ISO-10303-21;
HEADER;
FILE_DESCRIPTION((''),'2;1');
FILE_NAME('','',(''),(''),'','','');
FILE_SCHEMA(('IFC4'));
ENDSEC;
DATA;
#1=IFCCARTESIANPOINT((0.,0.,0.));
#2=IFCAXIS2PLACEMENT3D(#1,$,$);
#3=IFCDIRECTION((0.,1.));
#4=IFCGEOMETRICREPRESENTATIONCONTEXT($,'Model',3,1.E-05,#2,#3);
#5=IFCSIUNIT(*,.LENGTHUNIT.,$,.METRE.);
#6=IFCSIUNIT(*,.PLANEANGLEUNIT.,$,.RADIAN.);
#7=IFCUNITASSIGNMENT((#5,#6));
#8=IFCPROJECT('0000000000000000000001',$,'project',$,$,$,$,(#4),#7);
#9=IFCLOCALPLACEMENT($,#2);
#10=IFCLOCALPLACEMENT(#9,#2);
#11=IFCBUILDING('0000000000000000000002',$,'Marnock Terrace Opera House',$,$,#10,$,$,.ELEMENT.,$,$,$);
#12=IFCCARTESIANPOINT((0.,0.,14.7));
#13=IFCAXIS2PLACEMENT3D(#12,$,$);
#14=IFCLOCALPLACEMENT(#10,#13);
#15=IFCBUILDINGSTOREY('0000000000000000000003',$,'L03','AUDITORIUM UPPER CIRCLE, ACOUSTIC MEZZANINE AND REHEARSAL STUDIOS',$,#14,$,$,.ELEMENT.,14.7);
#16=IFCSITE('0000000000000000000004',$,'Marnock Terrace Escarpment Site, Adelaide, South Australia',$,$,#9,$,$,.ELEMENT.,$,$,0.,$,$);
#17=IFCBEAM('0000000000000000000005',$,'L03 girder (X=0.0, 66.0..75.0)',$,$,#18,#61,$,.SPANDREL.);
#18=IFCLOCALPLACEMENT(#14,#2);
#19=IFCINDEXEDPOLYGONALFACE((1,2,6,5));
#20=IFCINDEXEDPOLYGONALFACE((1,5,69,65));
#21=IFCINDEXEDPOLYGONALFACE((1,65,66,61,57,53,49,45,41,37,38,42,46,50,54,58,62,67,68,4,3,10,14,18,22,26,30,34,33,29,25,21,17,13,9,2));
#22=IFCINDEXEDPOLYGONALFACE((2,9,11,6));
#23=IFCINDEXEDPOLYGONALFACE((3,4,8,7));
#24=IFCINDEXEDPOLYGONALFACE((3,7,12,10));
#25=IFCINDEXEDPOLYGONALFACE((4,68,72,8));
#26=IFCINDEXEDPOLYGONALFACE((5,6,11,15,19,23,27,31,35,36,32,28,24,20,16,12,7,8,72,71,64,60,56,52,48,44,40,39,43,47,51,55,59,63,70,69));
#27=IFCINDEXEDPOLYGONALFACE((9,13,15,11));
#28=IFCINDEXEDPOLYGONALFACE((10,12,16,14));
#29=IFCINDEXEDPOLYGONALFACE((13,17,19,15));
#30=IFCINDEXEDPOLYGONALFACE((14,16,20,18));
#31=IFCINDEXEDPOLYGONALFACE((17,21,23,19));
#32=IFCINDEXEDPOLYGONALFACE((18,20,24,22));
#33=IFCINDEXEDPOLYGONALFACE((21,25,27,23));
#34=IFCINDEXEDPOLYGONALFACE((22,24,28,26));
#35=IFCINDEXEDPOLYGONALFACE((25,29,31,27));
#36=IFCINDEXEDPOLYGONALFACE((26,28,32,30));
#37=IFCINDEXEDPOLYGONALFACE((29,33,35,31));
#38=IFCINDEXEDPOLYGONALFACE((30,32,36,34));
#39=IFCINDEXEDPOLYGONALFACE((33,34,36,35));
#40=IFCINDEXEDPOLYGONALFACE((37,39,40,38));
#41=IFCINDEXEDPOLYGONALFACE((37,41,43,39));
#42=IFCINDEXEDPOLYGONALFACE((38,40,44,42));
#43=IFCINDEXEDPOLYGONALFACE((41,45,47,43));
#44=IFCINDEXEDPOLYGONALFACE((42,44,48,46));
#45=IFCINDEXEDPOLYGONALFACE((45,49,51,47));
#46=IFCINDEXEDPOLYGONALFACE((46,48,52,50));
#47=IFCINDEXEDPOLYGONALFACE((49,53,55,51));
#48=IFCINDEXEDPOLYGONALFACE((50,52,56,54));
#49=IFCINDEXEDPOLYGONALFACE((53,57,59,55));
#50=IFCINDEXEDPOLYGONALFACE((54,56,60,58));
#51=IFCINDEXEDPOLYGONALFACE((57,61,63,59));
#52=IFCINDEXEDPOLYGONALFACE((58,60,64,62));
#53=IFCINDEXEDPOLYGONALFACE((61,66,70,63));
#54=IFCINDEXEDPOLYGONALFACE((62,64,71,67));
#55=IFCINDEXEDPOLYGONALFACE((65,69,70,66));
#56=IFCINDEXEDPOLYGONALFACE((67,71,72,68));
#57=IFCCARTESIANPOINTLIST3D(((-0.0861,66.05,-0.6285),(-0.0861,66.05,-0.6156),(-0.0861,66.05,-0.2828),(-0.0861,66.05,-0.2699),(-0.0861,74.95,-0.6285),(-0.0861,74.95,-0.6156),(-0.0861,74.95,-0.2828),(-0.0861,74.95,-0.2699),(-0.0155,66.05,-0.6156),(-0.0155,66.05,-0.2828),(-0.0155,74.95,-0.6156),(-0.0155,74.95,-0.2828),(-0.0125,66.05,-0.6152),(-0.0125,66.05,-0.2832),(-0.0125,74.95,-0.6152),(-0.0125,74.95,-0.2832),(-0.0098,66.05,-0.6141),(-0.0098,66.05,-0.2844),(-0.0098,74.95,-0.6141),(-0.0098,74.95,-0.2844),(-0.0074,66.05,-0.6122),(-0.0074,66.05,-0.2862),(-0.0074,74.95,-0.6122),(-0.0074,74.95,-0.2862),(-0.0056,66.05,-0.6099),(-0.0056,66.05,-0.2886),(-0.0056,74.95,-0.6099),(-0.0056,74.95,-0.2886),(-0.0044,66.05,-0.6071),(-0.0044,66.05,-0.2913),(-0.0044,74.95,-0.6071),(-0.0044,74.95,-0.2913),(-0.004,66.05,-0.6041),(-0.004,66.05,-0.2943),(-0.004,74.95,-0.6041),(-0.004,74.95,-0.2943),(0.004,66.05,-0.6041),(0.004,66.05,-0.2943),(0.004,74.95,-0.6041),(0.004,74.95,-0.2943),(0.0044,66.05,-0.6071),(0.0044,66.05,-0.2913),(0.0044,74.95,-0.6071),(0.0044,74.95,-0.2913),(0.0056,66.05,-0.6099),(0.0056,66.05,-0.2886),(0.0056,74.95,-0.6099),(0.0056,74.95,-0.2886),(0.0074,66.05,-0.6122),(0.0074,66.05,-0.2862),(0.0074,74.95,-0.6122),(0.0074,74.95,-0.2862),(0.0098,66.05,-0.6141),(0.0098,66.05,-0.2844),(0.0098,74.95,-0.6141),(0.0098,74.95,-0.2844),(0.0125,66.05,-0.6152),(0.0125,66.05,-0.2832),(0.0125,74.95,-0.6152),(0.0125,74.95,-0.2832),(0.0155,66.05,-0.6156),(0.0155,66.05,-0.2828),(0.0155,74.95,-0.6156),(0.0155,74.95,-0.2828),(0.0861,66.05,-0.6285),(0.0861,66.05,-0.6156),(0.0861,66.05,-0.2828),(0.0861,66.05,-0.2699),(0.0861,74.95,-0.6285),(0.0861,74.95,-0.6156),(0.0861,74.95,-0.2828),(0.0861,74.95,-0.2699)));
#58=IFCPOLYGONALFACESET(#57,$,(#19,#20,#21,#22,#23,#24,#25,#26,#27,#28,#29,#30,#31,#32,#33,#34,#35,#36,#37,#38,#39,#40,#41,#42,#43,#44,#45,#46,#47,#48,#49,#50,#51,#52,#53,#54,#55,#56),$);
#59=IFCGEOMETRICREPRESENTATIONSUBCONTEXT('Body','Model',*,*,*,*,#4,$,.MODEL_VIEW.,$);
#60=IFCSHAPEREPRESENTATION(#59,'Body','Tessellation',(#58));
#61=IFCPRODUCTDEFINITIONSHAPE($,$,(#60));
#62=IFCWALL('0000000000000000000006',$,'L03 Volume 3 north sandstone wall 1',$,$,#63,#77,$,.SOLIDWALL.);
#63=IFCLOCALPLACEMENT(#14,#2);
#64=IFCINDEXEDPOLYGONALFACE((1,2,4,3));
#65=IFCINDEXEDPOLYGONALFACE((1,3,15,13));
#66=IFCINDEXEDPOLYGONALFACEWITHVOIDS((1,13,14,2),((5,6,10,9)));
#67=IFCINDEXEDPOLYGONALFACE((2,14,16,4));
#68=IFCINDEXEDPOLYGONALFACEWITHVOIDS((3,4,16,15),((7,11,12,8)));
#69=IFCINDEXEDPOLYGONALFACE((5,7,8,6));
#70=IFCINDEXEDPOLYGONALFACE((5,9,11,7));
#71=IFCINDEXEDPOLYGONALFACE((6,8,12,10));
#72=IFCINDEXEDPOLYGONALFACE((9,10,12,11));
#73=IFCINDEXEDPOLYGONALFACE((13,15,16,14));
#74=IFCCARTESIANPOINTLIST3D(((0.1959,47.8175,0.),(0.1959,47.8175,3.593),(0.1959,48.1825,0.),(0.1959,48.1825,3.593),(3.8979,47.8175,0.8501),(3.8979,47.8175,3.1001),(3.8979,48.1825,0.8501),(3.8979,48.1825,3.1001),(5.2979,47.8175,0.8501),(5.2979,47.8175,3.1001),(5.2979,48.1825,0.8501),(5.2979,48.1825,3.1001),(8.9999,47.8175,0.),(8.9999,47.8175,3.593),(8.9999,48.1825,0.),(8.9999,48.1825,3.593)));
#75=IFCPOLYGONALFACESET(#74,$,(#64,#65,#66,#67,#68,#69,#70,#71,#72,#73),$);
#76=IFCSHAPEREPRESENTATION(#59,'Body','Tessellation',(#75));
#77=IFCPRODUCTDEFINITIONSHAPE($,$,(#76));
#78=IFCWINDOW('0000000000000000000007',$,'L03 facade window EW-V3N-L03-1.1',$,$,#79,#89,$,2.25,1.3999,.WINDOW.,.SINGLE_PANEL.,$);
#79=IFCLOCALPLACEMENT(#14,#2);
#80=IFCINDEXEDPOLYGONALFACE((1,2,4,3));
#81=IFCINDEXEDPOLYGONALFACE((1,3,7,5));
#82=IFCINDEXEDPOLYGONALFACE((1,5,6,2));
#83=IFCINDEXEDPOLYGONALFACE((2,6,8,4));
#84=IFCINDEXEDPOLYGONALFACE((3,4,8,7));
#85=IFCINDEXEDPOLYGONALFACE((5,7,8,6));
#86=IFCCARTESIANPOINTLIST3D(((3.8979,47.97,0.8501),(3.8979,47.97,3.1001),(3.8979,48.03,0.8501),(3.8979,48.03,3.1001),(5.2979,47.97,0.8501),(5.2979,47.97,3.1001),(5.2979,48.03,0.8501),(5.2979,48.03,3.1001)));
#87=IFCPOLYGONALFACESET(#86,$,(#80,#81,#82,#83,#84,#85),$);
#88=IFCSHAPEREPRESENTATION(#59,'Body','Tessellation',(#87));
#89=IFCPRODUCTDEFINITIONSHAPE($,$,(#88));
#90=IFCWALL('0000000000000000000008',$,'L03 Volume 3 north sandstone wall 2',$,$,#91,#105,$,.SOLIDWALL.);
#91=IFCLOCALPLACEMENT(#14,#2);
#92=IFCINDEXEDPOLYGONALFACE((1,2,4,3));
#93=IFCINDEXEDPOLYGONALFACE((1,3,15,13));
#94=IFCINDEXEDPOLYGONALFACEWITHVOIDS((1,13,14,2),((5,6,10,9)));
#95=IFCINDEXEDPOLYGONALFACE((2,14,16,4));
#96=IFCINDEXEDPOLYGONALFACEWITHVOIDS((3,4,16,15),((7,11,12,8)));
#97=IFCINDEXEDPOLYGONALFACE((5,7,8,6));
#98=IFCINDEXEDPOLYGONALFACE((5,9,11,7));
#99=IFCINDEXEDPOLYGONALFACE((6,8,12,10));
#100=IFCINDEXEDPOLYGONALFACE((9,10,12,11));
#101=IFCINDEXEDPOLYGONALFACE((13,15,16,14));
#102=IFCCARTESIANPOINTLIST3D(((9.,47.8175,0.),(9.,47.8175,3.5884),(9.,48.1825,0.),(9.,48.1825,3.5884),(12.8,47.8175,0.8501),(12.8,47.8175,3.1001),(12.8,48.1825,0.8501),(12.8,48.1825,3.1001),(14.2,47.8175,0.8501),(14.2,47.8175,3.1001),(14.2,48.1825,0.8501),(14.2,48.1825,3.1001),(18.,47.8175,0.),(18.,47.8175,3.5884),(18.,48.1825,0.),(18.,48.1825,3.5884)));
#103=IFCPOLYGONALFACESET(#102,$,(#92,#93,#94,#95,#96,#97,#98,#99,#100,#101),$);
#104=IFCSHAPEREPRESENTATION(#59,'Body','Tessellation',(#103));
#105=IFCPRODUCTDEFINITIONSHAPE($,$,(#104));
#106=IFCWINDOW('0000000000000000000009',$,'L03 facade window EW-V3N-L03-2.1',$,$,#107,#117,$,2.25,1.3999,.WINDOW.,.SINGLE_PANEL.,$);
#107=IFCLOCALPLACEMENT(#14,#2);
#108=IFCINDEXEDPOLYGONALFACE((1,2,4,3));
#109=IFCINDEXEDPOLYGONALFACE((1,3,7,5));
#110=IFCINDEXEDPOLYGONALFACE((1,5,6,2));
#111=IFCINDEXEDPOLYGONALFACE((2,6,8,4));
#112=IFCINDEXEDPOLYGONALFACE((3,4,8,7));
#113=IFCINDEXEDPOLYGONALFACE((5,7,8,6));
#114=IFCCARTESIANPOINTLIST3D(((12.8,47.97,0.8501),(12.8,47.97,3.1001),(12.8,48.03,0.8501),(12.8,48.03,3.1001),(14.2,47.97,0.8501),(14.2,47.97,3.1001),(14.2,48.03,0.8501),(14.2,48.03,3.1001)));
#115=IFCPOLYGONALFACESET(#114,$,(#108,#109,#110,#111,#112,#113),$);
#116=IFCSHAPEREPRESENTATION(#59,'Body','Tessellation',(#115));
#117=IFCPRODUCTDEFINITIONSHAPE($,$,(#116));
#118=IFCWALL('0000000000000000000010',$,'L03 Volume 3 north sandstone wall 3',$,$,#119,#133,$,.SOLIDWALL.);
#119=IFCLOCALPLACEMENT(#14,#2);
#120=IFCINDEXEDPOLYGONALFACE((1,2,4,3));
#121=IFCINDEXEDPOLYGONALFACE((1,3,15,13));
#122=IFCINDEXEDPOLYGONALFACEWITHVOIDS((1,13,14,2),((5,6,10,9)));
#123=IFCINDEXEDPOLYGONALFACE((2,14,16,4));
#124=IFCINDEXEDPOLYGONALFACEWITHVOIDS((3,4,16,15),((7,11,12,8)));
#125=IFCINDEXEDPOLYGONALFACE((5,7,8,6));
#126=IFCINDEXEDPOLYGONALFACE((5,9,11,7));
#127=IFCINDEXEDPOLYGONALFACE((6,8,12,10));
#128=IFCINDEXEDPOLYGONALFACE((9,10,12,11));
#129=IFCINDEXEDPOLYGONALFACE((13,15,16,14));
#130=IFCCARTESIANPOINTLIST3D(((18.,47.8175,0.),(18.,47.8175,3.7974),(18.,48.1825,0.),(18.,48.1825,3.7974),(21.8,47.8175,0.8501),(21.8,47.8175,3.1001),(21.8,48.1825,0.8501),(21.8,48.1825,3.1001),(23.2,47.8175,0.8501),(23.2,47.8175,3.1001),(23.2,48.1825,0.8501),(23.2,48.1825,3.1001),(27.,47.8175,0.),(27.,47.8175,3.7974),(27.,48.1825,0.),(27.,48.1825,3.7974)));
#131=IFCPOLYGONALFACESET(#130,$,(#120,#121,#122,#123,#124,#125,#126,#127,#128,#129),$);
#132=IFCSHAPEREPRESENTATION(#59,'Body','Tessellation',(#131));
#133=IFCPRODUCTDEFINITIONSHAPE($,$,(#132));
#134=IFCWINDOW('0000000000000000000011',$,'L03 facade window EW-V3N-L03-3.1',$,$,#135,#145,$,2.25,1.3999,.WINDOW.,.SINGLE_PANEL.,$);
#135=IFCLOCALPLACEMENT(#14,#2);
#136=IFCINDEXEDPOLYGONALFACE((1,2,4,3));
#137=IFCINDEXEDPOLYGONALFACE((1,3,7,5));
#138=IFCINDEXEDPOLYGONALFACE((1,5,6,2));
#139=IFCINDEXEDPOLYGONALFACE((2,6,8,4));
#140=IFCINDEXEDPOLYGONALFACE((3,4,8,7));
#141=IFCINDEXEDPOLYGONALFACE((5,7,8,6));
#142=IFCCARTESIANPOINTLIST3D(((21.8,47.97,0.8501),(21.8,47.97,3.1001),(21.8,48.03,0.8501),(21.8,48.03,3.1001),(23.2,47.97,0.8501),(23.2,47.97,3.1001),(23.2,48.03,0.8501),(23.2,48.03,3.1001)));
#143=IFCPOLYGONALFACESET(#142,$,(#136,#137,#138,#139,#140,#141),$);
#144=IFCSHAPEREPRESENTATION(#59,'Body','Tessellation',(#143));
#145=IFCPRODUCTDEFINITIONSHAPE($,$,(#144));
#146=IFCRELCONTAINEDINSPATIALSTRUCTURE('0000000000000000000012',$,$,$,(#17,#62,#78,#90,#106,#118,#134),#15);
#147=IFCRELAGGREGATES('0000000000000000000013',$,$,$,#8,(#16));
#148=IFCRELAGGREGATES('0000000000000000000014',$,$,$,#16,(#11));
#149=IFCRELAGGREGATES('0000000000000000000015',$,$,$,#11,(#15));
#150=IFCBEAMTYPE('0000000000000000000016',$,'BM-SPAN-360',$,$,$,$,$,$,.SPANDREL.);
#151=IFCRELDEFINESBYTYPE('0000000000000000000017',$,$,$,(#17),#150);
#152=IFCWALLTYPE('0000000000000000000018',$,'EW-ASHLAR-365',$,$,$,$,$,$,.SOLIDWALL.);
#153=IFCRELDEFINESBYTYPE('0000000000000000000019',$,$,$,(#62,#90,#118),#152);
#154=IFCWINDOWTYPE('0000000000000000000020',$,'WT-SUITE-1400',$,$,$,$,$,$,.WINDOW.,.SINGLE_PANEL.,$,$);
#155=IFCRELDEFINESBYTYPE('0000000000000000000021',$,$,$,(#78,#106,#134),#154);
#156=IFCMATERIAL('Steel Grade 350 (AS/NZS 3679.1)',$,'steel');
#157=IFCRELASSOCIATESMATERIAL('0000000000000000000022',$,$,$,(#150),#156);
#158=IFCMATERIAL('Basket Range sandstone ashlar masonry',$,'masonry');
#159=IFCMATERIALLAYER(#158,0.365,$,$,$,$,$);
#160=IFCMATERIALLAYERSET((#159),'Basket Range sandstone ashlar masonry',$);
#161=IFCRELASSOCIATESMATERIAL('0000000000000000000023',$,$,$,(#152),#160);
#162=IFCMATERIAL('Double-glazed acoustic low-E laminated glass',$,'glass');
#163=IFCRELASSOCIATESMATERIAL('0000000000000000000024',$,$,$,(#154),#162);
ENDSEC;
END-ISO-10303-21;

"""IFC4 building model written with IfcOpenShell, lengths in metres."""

from ifc_helpers import new_model, si_unit, direction, frame, frame_2d, origin, origin_2d, place, context, subcontext, project, spatial, rectangle, i_section, extrude, material, layer, layer_set, material_profile, profile_set, type_object, element, fill, save


model = new_model("IFC4")

# Units and contexts
model_context = context("Model", 3, precision=1e-05, world=origin(), true_north=direction((0.0, 1.0)))
body_context = subcontext(model_context, "Body", "Model", "MODEL_VIEW")
ifc_project = project(units=[si_unit("LENGTHUNIT", "METRE"), si_unit("PLANEANGLEUNIT", "RADIAN")], contexts=[model_context])

# Site, building, storey
site_placement = place(None, origin())
site = spatial("IfcSite", under=ifc_project, at=site_placement, Name="Marnock Terrace Escarpment Site, Adelaide, South Australia", CompositionType="ELEMENT", RefElevation=0.0)
building_placement = place(site_placement, origin())
building = spatial("IfcBuilding", under=site, at=building_placement, Name="Marnock Terrace Opera House", CompositionType="ELEMENT")
storey_placement = place(building_placement, frame((0.0, 0.0, 14.7)))
storey = spatial("IfcBuildingStorey", under=building, at=storey_placement, Name="L03", Description="AUDITORIUM UPPER CIRCLE, ACOUSTIC MEZZANINE AND REHEARSAL STUDIOS", CompositionType="ELEMENT", Elevation=14.7)

# Shared definitions
ifc_material_1 = material(Name="Steel Grade 350 (AS/NZS 3679.1)", Category="steel")

# Beam
ifc_material_profile_1 = material_profile(ifc_material_1, i_section(OverallWidth=0.1721, OverallDepth=0.3586, WebThickness=0.0081, FlangeThickness=0.0129, FilletRadius=0.0115, at=origin_2d()))
ifc_profile_set_1 = profile_set([ifc_material_profile_1], Name="Steel Grade 350 (AS/NZS 3679.1)")
beam_type_1 = type_object("IfcBeamType", Name="BM-SPAN-360", PredefinedType="SPANDREL", material=ifc_profile_set_1)
for number, where, z_axis, x_axis, name in (
    (1, (0.0, 66.05, -0.4492), (0.0, 1.0, 0.0), (-1.0, 0.0, 0.0), "L03 girder (X=0.0, 66.0..75.0)"),
):
    element("IfcBeam", number, at=place(storey_placement, frame(where, z_axis=z_axis, x_axis=x_axis)), inside=storey, type_object=beam_type_1, Name=name, PredefinedType="SPANDREL", context=body_context, shape_type="SweptSolid", body=[
        extrude(i_section(OverallWidth=0.1721, OverallDepth=0.3586, WebThickness=0.0081, FlangeThickness=0.0129, FilletRadius=0.0115, at=origin_2d()), origin(), (0.0, 0.0, 1.0), 8.8999),
    ])

# Walls, openings, windows
ifc_material_2 = material(Name="Basket Range sandstone ashlar masonry", Category="masonry")
ifc_layer = layer(ifc_material_2, 0.365)
ifc_layer_set = layer_set([ifc_layer], Name="Basket Range sandstone ashlar masonry")
wall_type = type_object("IfcWallType", Name="EW-ASHLAR-365", PredefinedType="SOLIDWALL", material=ifc_layer_set)
wall_1_placement = place(storey_placement, frame((0.196, 48.0, 0.0), z_axis=(0.0, 0.0, 1.0), x_axis=(1.0, 0.0, 0.0)))
wall_1 = element("IfcWall", 2, at=wall_1_placement, inside=storey, type_object=wall_type, Name="L03 Volume 3 north sandstone wall 1", PredefinedType="SOLIDWALL", context=body_context, shape_type="SweptSolid", body=[
    extrude(rectangle(XDim=8.804, YDim=0.365, at=frame_2d((4.4019, 0.0))), origin(), (0.0, 0.0, 1.0), 3.593),
])
opening_1_placement = place(wall_1_placement, frame((3.7019, 0.0, 0.8501)))
opening_1 = element("IfcOpeningElement", 3, at=opening_1_placement, cuts=wall_1, PredefinedType="OPENING", context=body_context, shape_type="SweptSolid", body=[
    extrude(rectangle(XDim=1.3999, YDim=2.25, at=frame_2d((0.7, 1.125))), frame((0.0, 0.1924, 0.0), z_axis=(0.0, -1.0, 0.0), x_axis=(1.0, 0.0, 0.0)), (0.0, 0.0, 1.0), 0.385),
])
ifc_material_3 = material(Name="Double-glazed acoustic low-E laminated glass", Category="glass")
window_type = type_object("IfcWindowType", Name="WT-SUITE-1400", PartitioningType="SINGLE_PANEL", PredefinedType="WINDOW", material=ifc_material_3)
window_1_placement = place(opening_1_placement, origin())
window_1 = element("IfcWindow", 4, at=window_1_placement, inside=storey, type_object=window_type, Name="L03 facade window EW-V3N-L03-1.1", OverallHeight=2.25, OverallWidth=1.3999, PartitioningType="SINGLE_PANEL", PredefinedType="WINDOW", context=body_context, shape_type="SweptSolid", body=[
    extrude(rectangle(XDim=1.3999, YDim=2.25, at=frame_2d((0.7, 1.125))), frame((0.0, 0.03, 0.0), z_axis=(0.0, -1.0, 0.0), x_axis=(1.0, 0.0, 0.0)), (0.0, 0.0, 1.0), 0.0601),
])
fill(opening_1, window_1)
wall_2_placement = place(storey_placement, frame((9.0, 48.0, 0.0), z_axis=(0.0, 0.0, 1.0), x_axis=(1.0, 0.0, 0.0)))
wall_2 = element("IfcWall", 5, at=wall_2_placement, inside=storey, type_object=wall_type, Name="L03 Volume 3 north sandstone wall 2", PredefinedType="SOLIDWALL", context=body_context, shape_type="SweptSolid", body=[
    extrude(rectangle(XDim=9.0, YDim=0.365, at=frame_2d((4.5, 0.0))), origin(), (0.0, 0.0, 1.0), 3.5884),
])
opening_2_placement = place(wall_2_placement, frame((3.8, 0.0, 0.8501)))
opening_2 = element("IfcOpeningElement", 6, at=opening_2_placement, cuts=wall_2, PredefinedType="OPENING", context=body_context, shape_type="SweptSolid", body=[
    extrude(rectangle(XDim=1.3999, YDim=2.25, at=frame_2d((0.7, 1.125))), frame((0.0, 0.1924, 0.0), z_axis=(0.0, -1.0, 0.0), x_axis=(1.0, 0.0, 0.0)), (0.0, 0.0, 1.0), 0.385),
])
window_2_placement = place(opening_2_placement, origin())
window_2 = element("IfcWindow", 7, at=window_2_placement, inside=storey, type_object=window_type, Name="L03 facade window EW-V3N-L03-2.1", OverallHeight=2.25, OverallWidth=1.3999, PartitioningType="SINGLE_PANEL", PredefinedType="WINDOW", context=body_context, shape_type="SweptSolid", body=[
    extrude(rectangle(XDim=1.3999, YDim=2.25, at=frame_2d((0.7, 1.125))), frame((0.0, 0.03, 0.0), z_axis=(0.0, -1.0, 0.0), x_axis=(1.0, 0.0, 0.0)), (0.0, 0.0, 1.0), 0.0601),
])
fill(opening_2, window_2)
wall_3_placement = place(storey_placement, frame((18.0, 48.0, 0.0), z_axis=(0.0, 0.0, 1.0), x_axis=(1.0, 0.0, 0.0)))
wall_3 = element("IfcWall", 8, at=wall_3_placement, inside=storey, type_object=wall_type, Name="L03 Volume 3 north sandstone wall 3", PredefinedType="SOLIDWALL", context=body_context, shape_type="SweptSolid", body=[
    extrude(rectangle(XDim=9.0, YDim=0.365, at=frame_2d((4.5, 0.0))), origin(), (0.0, 0.0, 1.0), 3.7974),
])
opening_3_placement = place(wall_3_placement, frame((3.8, 0.0, 0.8501)))
opening_3 = element("IfcOpeningElement", 9, at=opening_3_placement, cuts=wall_3, PredefinedType="OPENING", context=body_context, shape_type="SweptSolid", body=[
    extrude(rectangle(XDim=1.3999, YDim=2.25, at=frame_2d((0.7, 1.125))), frame((0.0, 0.1924, 0.0), z_axis=(0.0, -1.0, 0.0), x_axis=(1.0, 0.0, 0.0)), (0.0, 0.0, 1.0), 0.385),
])
window_3_placement = place(opening_3_placement, origin())
window_3 = element("IfcWindow", 10, at=window_3_placement, inside=storey, type_object=window_type, Name="L03 facade window EW-V3N-L03-3.1", OverallHeight=2.25, OverallWidth=1.3999, PartitioningType="SINGLE_PANEL", PredefinedType="WINDOW", context=body_context, shape_type="SweptSolid", body=[
    extrude(rectangle(XDim=1.3999, YDim=2.25, at=frame_2d((0.7, 1.125))), frame((0.0, 0.03, 0.0), z_axis=(0.0, -1.0, 0.0), x_axis=(1.0, 0.0, 0.0)), (0.0, 0.0, 1.0), 0.0601),
])
fill(opening_3, window_3)

save(model, "model.ifc")
